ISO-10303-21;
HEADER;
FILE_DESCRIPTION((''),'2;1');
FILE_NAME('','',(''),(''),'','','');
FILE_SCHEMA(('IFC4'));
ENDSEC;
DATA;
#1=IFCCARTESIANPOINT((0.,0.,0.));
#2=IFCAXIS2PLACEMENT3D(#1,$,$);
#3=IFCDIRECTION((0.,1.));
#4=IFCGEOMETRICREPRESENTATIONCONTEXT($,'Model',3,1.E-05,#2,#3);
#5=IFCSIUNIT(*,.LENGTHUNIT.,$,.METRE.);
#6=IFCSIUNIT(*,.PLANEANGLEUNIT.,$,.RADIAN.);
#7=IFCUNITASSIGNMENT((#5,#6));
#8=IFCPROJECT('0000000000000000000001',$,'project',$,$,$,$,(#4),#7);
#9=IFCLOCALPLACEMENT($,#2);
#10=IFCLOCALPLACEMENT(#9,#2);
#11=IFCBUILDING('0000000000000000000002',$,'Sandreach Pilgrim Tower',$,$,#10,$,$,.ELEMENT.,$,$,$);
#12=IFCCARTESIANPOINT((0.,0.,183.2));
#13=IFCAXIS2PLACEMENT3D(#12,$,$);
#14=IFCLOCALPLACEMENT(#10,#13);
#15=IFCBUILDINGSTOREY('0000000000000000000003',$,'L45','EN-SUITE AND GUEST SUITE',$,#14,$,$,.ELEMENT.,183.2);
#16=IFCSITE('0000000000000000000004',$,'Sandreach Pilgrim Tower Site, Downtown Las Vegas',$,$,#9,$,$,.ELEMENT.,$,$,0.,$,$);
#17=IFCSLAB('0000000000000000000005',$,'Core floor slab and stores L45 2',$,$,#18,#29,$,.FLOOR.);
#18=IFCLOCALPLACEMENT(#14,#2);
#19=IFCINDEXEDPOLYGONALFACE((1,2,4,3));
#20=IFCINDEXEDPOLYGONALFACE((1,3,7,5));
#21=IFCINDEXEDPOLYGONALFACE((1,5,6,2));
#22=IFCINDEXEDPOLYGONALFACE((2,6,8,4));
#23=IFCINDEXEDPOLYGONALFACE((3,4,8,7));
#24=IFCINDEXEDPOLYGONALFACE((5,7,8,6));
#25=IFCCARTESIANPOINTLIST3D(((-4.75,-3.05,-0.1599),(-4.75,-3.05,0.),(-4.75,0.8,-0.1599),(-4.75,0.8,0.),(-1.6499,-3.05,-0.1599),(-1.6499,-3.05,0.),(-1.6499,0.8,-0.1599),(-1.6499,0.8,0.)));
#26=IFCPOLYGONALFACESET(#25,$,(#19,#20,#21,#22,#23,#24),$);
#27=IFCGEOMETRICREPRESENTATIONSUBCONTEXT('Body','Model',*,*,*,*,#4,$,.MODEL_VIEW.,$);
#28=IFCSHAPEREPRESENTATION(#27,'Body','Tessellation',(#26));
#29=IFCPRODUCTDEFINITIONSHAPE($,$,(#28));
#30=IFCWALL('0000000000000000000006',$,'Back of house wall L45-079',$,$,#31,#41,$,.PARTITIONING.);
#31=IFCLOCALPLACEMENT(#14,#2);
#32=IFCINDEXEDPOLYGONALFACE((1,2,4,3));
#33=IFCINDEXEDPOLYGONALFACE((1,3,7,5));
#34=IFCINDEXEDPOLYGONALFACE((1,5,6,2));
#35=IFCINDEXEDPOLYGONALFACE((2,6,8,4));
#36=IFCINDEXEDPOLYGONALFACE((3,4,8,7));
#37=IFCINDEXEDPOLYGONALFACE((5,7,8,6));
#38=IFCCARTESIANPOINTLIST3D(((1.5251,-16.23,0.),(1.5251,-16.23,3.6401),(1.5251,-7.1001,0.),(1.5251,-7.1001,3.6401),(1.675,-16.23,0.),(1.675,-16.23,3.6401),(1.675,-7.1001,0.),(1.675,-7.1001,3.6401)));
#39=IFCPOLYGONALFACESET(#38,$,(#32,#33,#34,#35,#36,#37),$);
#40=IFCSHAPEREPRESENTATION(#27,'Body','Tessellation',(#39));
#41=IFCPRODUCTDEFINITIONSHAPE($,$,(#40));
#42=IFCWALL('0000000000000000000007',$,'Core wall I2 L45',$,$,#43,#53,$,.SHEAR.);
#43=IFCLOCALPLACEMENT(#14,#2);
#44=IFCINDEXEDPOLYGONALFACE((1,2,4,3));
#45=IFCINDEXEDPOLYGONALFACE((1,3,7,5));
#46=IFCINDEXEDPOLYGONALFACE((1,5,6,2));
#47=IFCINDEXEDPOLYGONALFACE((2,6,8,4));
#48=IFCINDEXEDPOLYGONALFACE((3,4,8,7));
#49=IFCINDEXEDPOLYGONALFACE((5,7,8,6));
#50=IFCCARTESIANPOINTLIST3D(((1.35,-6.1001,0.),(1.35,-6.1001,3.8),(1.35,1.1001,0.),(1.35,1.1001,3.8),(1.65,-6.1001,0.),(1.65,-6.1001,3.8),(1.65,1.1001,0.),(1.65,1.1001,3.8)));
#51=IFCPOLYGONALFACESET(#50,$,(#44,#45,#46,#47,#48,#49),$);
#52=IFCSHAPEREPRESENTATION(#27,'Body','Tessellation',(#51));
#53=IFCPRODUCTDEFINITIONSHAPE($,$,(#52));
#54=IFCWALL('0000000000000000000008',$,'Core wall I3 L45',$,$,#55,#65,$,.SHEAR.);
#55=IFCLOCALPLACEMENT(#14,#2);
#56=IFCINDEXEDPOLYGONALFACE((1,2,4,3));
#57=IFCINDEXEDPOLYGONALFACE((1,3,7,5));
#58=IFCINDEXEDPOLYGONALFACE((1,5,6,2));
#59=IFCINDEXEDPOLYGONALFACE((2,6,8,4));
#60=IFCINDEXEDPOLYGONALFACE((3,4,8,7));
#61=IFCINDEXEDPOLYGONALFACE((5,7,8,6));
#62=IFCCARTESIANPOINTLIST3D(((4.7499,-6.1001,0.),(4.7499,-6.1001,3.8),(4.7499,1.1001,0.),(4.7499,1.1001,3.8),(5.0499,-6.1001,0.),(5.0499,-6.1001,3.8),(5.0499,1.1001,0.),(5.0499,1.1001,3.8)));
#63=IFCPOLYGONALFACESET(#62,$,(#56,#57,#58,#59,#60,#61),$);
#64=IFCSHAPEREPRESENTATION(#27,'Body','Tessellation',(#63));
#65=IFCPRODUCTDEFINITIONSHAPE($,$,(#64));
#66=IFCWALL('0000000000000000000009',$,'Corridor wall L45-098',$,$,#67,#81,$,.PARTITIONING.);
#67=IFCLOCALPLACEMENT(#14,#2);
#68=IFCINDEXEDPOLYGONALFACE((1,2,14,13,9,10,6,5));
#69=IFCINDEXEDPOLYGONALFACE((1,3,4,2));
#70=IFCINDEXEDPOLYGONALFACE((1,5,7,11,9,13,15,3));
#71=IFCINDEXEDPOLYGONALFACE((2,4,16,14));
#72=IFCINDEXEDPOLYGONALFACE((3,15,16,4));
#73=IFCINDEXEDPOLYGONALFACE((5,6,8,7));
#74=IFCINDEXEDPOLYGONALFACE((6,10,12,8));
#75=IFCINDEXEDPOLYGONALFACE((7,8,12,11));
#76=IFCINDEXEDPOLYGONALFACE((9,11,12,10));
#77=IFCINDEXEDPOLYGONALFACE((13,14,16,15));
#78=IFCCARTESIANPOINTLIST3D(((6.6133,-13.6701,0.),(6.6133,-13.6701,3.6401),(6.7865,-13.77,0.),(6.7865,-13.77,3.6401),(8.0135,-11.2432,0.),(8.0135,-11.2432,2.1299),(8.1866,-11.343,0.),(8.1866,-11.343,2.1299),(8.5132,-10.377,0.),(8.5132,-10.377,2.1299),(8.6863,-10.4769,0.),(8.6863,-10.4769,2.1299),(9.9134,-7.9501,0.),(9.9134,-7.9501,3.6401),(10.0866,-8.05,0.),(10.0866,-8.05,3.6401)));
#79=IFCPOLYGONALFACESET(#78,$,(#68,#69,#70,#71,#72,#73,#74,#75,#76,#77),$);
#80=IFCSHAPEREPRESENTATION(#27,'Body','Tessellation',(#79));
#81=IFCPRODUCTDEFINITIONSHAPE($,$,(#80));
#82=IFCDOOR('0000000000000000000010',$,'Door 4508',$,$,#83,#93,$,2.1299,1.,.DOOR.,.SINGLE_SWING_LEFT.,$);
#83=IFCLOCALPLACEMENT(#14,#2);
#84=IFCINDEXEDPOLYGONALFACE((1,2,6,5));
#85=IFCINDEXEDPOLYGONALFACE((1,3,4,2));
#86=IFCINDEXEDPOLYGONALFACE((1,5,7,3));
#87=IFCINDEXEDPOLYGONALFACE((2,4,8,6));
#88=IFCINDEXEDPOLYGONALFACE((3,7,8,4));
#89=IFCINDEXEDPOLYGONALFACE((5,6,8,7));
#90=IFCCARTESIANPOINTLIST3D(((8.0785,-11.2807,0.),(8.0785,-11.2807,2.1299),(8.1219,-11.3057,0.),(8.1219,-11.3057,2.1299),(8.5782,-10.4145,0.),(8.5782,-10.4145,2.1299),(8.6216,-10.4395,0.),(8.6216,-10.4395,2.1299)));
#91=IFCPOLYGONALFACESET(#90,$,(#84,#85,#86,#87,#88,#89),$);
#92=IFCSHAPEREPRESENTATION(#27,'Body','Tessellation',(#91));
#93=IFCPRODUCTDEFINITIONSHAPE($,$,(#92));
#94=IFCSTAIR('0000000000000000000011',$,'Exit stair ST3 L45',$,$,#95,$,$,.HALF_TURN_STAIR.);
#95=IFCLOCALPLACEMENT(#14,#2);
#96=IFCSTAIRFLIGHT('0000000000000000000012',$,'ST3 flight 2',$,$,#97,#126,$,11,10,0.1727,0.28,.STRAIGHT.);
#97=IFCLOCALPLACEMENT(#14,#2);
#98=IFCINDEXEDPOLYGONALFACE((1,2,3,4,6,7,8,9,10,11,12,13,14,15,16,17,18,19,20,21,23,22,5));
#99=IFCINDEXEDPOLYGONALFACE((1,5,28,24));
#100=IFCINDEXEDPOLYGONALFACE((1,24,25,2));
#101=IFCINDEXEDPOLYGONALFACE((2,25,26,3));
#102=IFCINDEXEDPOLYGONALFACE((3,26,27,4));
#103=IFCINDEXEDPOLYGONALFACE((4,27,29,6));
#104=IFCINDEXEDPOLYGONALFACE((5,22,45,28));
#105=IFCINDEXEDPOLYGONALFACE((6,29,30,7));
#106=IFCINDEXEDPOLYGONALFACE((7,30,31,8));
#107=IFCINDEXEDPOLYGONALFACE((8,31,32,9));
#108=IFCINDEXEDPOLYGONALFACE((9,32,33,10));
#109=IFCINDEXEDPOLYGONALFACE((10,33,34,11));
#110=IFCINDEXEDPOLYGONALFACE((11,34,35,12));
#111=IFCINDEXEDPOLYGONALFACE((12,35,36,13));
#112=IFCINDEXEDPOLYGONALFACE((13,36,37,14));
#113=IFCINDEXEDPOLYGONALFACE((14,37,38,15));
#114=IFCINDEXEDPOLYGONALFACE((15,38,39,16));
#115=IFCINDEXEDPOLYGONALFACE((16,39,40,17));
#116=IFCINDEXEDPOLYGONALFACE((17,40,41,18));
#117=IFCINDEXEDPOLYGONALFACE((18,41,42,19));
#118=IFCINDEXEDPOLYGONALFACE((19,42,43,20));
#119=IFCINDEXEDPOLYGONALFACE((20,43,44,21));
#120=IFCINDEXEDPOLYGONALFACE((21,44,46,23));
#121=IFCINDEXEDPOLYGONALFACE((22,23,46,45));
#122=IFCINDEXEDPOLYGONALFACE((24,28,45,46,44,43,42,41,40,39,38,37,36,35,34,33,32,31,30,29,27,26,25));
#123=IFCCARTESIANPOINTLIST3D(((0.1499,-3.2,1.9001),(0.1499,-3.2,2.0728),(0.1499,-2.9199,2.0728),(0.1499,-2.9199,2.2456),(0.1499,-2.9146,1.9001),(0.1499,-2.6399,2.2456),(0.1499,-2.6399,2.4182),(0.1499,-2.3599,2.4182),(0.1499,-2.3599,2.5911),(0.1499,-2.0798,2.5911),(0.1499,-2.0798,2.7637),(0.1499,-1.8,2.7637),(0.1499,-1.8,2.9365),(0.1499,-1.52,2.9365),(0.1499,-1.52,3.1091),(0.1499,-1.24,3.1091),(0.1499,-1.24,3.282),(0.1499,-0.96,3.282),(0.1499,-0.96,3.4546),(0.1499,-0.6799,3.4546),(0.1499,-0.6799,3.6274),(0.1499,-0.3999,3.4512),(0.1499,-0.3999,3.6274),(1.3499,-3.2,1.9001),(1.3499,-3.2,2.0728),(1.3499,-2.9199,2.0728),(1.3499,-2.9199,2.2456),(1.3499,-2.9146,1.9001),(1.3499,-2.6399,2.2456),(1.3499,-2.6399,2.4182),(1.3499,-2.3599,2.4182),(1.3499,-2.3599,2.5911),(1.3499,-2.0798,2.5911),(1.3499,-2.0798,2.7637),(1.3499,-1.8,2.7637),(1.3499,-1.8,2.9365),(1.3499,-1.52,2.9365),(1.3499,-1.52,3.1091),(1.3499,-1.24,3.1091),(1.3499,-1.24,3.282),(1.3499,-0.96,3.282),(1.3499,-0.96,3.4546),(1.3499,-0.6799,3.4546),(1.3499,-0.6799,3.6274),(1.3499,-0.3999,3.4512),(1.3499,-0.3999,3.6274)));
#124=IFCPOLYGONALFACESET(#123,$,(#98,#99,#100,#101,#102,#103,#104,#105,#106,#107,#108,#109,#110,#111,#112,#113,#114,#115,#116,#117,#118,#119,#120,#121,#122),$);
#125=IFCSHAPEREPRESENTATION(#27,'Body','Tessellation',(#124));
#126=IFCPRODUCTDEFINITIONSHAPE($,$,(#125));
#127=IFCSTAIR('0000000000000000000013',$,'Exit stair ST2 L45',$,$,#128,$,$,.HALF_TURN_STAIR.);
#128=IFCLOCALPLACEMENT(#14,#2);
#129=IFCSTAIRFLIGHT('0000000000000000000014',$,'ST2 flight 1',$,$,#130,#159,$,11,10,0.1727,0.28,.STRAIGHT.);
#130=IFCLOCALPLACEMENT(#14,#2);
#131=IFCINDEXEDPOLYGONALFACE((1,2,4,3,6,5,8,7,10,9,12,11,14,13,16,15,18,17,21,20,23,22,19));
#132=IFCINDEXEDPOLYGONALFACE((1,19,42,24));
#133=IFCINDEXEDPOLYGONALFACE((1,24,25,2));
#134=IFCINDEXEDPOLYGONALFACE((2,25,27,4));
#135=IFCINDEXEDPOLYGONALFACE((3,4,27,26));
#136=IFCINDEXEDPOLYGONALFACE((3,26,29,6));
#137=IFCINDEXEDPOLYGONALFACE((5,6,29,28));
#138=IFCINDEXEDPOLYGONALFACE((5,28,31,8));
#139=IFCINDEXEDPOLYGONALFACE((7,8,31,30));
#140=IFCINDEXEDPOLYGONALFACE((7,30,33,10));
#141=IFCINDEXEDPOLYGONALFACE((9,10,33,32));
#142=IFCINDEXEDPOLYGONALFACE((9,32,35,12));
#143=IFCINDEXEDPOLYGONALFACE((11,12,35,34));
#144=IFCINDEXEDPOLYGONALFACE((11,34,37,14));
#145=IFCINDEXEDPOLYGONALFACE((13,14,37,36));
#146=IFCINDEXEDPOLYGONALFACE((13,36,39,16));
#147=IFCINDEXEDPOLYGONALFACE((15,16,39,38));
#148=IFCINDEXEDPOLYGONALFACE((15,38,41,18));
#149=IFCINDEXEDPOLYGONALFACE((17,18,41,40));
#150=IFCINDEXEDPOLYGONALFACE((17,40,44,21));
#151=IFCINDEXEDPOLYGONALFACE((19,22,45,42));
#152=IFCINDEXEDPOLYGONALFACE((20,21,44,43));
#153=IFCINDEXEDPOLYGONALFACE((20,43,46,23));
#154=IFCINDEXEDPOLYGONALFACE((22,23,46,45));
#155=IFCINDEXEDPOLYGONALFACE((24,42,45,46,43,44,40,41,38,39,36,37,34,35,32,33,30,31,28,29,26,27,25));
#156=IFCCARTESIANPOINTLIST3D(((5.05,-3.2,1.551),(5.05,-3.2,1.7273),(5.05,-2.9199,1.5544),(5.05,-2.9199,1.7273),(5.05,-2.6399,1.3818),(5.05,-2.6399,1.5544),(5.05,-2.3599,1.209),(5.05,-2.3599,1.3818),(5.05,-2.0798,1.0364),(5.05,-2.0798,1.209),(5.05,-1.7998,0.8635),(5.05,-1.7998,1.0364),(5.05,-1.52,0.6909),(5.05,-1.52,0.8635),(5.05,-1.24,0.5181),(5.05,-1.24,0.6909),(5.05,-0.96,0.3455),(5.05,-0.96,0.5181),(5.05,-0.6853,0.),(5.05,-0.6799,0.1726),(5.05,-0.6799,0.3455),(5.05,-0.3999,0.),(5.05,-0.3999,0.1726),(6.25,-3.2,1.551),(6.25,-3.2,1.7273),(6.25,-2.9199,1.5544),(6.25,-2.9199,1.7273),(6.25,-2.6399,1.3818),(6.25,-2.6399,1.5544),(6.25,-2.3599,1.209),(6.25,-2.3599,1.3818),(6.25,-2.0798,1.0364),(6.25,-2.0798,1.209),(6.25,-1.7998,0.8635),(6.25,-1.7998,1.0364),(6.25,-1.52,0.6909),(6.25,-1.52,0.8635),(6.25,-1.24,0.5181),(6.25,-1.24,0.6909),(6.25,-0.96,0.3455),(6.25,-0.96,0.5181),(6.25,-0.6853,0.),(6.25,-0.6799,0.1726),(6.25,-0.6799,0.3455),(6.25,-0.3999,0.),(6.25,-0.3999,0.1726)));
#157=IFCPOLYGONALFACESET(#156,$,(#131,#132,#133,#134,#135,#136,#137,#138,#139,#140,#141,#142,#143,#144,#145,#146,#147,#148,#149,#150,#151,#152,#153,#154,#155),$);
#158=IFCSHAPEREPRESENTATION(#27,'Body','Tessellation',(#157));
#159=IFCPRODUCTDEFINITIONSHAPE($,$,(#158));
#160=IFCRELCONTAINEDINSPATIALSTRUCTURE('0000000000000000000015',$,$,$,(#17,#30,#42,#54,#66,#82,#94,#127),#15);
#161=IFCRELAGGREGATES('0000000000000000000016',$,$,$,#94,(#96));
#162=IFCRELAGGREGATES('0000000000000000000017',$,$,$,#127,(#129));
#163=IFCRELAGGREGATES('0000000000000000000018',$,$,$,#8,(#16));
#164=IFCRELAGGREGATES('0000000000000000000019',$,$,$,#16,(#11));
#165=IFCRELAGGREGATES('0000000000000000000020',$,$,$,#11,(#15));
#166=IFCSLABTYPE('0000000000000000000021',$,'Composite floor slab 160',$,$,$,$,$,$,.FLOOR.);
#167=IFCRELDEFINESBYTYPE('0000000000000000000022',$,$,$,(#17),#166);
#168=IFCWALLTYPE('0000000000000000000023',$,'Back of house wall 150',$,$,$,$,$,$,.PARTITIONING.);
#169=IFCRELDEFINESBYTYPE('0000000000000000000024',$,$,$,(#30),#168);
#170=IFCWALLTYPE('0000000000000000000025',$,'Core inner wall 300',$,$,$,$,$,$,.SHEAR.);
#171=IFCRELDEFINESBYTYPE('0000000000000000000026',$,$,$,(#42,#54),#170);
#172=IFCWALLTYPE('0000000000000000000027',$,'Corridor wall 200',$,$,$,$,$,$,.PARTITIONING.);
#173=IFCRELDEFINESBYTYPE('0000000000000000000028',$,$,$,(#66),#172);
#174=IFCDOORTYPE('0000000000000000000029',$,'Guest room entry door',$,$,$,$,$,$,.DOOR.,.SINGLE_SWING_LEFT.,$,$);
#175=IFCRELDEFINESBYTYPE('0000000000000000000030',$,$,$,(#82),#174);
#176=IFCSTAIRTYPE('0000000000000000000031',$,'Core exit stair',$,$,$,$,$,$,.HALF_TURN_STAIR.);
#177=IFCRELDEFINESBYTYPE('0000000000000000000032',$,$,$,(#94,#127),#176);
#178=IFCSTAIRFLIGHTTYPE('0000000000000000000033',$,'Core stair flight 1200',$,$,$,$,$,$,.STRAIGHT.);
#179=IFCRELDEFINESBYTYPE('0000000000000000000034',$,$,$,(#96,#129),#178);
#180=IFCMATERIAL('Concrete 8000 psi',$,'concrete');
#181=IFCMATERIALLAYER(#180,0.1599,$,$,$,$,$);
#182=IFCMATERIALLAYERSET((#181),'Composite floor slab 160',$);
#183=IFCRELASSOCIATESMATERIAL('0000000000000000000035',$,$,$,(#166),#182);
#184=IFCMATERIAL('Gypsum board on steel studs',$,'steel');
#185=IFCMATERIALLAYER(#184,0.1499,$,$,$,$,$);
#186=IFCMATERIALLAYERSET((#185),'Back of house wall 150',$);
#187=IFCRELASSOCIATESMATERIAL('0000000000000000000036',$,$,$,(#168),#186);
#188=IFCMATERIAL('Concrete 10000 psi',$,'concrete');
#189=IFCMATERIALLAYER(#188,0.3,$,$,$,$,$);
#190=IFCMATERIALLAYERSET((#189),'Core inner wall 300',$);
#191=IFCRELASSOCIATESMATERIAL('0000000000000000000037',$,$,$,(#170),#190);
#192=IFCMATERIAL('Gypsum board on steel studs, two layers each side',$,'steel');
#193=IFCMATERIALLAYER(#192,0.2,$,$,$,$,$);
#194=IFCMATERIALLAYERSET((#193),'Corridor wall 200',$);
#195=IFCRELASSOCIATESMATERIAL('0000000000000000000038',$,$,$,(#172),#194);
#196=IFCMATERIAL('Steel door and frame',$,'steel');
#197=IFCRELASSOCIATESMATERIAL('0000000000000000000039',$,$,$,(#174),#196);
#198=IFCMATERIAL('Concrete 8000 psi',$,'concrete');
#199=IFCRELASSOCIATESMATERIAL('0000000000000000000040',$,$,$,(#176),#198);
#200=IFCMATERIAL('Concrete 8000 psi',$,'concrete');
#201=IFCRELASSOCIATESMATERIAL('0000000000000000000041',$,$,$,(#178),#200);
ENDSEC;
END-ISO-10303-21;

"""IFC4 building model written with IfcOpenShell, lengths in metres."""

from ifc_helpers import new_model, si_unit, direction, frame, frame_2d, origin, place, context, subcontext, project, spatial, polyline, rectangle, outline, extrude, material, layer, layer_set, type_object, element, fill, aggregate, save


model = new_model("IFC4")

# Units and contexts
model_context = context("Model", 3, precision=1e-05, world=origin(), true_north=direction((0.0, 1.0)))
body_context = subcontext(model_context, "Body", "Model", "MODEL_VIEW")
ifc_project = project(units=[si_unit("LENGTHUNIT", "METRE"), si_unit("PLANEANGLEUNIT", "RADIAN")], contexts=[model_context])

# Site, building, storey
site_placement = place(None, origin())
site = spatial("IfcSite", under=ifc_project, at=site_placement, Name="Sandreach Pilgrim Tower Site, Downtown Las Vegas", CompositionType="ELEMENT", RefElevation=0.0)
building_placement = place(site_placement, origin())
building = spatial("IfcBuilding", under=site, at=building_placement, Name="Sandreach Pilgrim Tower", CompositionType="ELEMENT")
storey_placement = place(building_placement, frame((0.0, 0.0, 183.2)))
storey = spatial("IfcBuildingStorey", under=building, at=storey_placement, Name="L45", Description="EN-SUITE AND GUEST SUITE", CompositionType="ELEMENT", Elevation=183.2)

# Slab
ifc_material_1 = material(Name="Concrete 8000 psi", Category="concrete")
ifc_layer_1 = layer(ifc_material_1, 0.1599)
ifc_layer_set_1 = layer_set([ifc_layer_1], Name="Composite floor slab 160")
slab_type = type_object("IfcSlabType", Name="Composite floor slab 160", PredefinedType="FLOOR", material=ifc_layer_set_1)
slab_placement = place(storey_placement, frame((0.0, 0.0, -0.1599)))
element("IfcSlab", 1, at=slab_placement, inside=storey, type_object=slab_type, Name="Core floor slab and stores L45 2", PredefinedType="FLOOR", context=body_context, shape_type="SweptSolid", body=[
    extrude(outline(polyline([(-1.6499, -3.05), (-4.75, -3.05), (-4.75, 0.8), (-1.6499, 0.8), (-1.6499, -3.05)])), origin(), (0.0, 0.0, 1.0), 0.1599),
])

# Walls
ifc_material_2 = material(Name="Gypsum board on steel studs", Category="steel")
ifc_layer_2 = layer(ifc_material_2, 0.1499)
ifc_layer_set_2 = layer_set([ifc_layer_2], Name="Back of house wall 150")
wall_type_1 = type_object("IfcWallType", Name="Back of house wall 150", PredefinedType="PARTITIONING", material=ifc_layer_set_2)
wall_1_placement = place(storey_placement, frame((1.6001, -7.1001, 0.0), z_axis=(0.0, 0.0, 1.0), x_axis=(0.0, -1.0, 0.0)))
element("IfcWall", 2, at=wall_1_placement, inside=storey, type_object=wall_type_1, Name="Back of house wall L45-079", PredefinedType="PARTITIONING", context=body_context, shape_type="SweptSolid", body=[
    extrude(rectangle(XDim=9.1299, YDim=0.1499, at=frame_2d((4.5649, 0.0))), origin(), (0.0, 0.0, 1.0), 3.6401),
])
ifc_material_3 = material(Name="Concrete 10000 psi", Category="concrete")
ifc_layer_3 = layer(ifc_material_3, 0.3)
ifc_layer_set_3 = layer_set([ifc_layer_3], Name="Core inner wall 300")
wall_type_2 = type_object("IfcWallType", Name="Core inner wall 300", PredefinedType="SHEAR", material=ifc_layer_set_3)
for number, where, z_axis, x_axis, name in (
    (3, (1.5, -6.1001, 0.0), (0.0, 0.0, 1.0), (0.0, 1.0, 0.0), "Core wall I2 L45"),
    (4, (4.8999, -6.1001, 0.0), (0.0, 0.0, 1.0), (0.0, 1.0, 0.0), "Core wall I3 L45"),
):
    element("IfcWall", number, at=place(storey_placement, frame(where, z_axis=z_axis, x_axis=x_axis)), inside=storey, type_object=wall_type_2, Name=name, PredefinedType="SHEAR", context=body_context, shape_type="SweptSolid", body=[
        extrude(rectangle(XDim=7.2002, YDim=0.3, at=frame_2d((3.6001, 0.0))), origin(), (0.0, 0.0, 1.0), 3.8),
    ])

# Wall, opening, door
ifc_material_4 = material(Name="Gypsum board on steel studs, two layers each side", Category="steel")
ifc_layer_4 = layer(ifc_material_4, 0.2)
ifc_layer_set_4 = layer_set([ifc_layer_4], Name="Corridor wall 200")
wall_type_3 = type_object("IfcWallType", Name="Corridor wall 200", PredefinedType="PARTITIONING", material=ifc_layer_set_4)
wall_2_placement = place(storey_placement, frame((6.7, -13.72, 0.0), z_axis=(0.0, 0.0, 1.0), x_axis=(0.49973, 0.866181, 0.0)))
wall_2 = element("IfcWall", 5, at=wall_2_placement, inside=storey, type_object=wall_type_3, Name="Corridor wall L45-098", PredefinedType="PARTITIONING", context=body_context, shape_type="SweptSolid", body=[
    extrude(rectangle(XDim=6.6038, YDim=0.2, at=frame_2d((3.3018, 0.0))), origin(), (0.0, 0.0, 1.0), 3.6401),
])
opening_1_placement = place(wall_2_placement, frame((2.8018, 0.0, 0.0)))
opening_1 = element("IfcOpeningElement", 6, at=opening_1_placement, cuts=wall_2, PredefinedType="OPENING", context=body_context, shape_type="SweptSolid", body=[
    extrude(rectangle(XDim=1.0, YDim=2.1299, at=frame_2d((0.5, 1.0649))), frame((0.0, 0.1001, 0.0), z_axis=(0.0, -1.0, 0.0), x_axis=(1.0, 0.0, 0.0)), (0.0, 0.0, 1.0), 0.2),
])
ifc_material_5 = material(Name="Steel door and frame", Category="steel")
door_type_1 = type_object("IfcDoorType", Name="Guest room entry door", OperationType="SINGLE_SWING_LEFT", PredefinedType="DOOR", material=ifc_material_5)
door_1_placement = place(opening_1_placement, origin())
door_1 = element("IfcDoor", 7, at=door_1_placement, inside=storey, type_object=door_type_1, Name="Door 4508", OperationType="SINGLE_SWING_LEFT", OverallHeight=2.1299, OverallWidth=1.0, PredefinedType="DOOR", context=body_context, shape_type="SweptSolid", body=[
    extrude(rectangle(XDim=1.0, YDim=2.1299, at=frame_2d((0.5, 1.0649))), frame((0.0, 0.0249, 0.0), z_axis=(0.0, -1.0, 0.0), x_axis=(1.0, 0.0, 0.0)), (0.0, 0.0, 1.0), 0.05),
])
fill(opening_1, door_1)

# Stair, stair flight
ifc_material_6 = material(Name="Concrete 8000 psi", Category="concrete")
stair_type = type_object("IfcStairType", Name="Core exit stair", PredefinedType="HALF_TURN_STAIR", material=ifc_material_6)
stair_1_placement = place(storey_placement, origin())
stair_1 = element("IfcStair", 8, at=stair_1_placement, inside=storey, type_object=stair_type, Name="Exit stair ST3 L45", PredefinedType="HALF_TURN_STAIR")
ifc_material_7 = material(Name="Concrete 8000 psi", Category="concrete")
stair_flight_type = type_object("IfcStairFlightType", Name="Core stair flight 1200", PredefinedType="STRAIGHT", material=ifc_material_7)
stair_flight_1_placement = place(storey_placement, frame((0.75, -3.2, 1.9001), z_axis=(0.0, 0.0, 1.0), x_axis=(0.0, 1.0, 0.0)))
stair_flight_1 = element("IfcStairFlight", 9, at=stair_flight_1_placement, type_object=stair_flight_type, Name="ST3 flight 2", NumberOfRisers=11, NumberOfTreads=10, PredefinedType="STRAIGHT", RiserHeight=0.1727, TreadLength=0.28, context=body_context, shape_type="SweptSolid", body=[
    extrude(outline(polyline([(0.0, 0.0), (0.0, 0.1726), (0.28, 0.1726), (0.28, 0.3455), (0.5601, 0.3455), (0.5601, 0.5181), (0.8401, 0.5181), (0.8401, 0.6909), (1.1201, 0.6909), (1.1201, 0.8635), (1.3999, 0.8635), (1.3999, 1.0364), (1.6799, 1.0364), (1.6799, 1.209), (1.96, 1.209), (1.96, 1.3818), (2.24, 1.3818), (2.24, 1.5544), (2.52, 1.5544), (2.52, 1.7273), (2.8, 1.7273), (2.8, 1.8999), (2.8, 1.551), (0.2854, 0.0), (0.0, 0.0)])), frame((0.0, 0.6001, 0.0), z_axis=(0.0, -1.0, 0.0), x_axis=(1.0, 0.0, 0.0)), (0.0, 0.0, 1.0), 1.2),
])
aggregate(stair_1, [stair_flight_1])

# Stair, stair flight
stair_2_placement = place(storey_placement, origin())
stair_2 = element("IfcStair", 10, at=stair_2_placement, inside=storey, type_object=stair_type, Name="Exit stair ST2 L45", PredefinedType="HALF_TURN_STAIR")
stair_flight_2_placement = place(storey_placement, frame((5.6499, -0.3999, 0.0), z_axis=(0.0, 0.0, 1.0), x_axis=(0.0, -1.0, 0.0)))
stair_flight_2 = element("IfcStairFlight", 11, at=stair_flight_2_placement, type_object=stair_flight_type, Name="ST2 flight 1", NumberOfRisers=11, NumberOfTreads=10, PredefinedType="STRAIGHT", RiserHeight=0.1727, TreadLength=0.28, context=body_context, shape_type="SweptSolid", body=[
    extrude(outline(polyline([(0.0, 0.0), (0.0, 0.1726), (0.28, 0.1726), (0.28, 0.3455), (0.5601, 0.3455), (0.5601, 0.5181), (0.8401, 0.5181), (0.8401, 0.6909), (1.1201, 0.6909), (1.1201, 0.8635), (1.3999, 0.8635), (1.3999, 1.0364), (1.6799, 1.0364), (1.6799, 1.209), (1.96, 1.209), (1.96, 1.3818), (2.24, 1.3818), (2.24, 1.5544), (2.52, 1.5544), (2.52, 1.7273), (2.8, 1.7273), (2.8, 1.8999), (2.8, 1.551), (0.2854, 0.0), (0.0, 0.0)])), frame((0.0, 0.6001, 0.0), z_axis=(0.0, -1.0, 0.0), x_axis=(1.0, 0.0, 0.0)), (0.0, 0.0, 1.0), 1.2),
])
aggregate(stair_2, [stair_flight_2])

save(model, "model.ifc")
